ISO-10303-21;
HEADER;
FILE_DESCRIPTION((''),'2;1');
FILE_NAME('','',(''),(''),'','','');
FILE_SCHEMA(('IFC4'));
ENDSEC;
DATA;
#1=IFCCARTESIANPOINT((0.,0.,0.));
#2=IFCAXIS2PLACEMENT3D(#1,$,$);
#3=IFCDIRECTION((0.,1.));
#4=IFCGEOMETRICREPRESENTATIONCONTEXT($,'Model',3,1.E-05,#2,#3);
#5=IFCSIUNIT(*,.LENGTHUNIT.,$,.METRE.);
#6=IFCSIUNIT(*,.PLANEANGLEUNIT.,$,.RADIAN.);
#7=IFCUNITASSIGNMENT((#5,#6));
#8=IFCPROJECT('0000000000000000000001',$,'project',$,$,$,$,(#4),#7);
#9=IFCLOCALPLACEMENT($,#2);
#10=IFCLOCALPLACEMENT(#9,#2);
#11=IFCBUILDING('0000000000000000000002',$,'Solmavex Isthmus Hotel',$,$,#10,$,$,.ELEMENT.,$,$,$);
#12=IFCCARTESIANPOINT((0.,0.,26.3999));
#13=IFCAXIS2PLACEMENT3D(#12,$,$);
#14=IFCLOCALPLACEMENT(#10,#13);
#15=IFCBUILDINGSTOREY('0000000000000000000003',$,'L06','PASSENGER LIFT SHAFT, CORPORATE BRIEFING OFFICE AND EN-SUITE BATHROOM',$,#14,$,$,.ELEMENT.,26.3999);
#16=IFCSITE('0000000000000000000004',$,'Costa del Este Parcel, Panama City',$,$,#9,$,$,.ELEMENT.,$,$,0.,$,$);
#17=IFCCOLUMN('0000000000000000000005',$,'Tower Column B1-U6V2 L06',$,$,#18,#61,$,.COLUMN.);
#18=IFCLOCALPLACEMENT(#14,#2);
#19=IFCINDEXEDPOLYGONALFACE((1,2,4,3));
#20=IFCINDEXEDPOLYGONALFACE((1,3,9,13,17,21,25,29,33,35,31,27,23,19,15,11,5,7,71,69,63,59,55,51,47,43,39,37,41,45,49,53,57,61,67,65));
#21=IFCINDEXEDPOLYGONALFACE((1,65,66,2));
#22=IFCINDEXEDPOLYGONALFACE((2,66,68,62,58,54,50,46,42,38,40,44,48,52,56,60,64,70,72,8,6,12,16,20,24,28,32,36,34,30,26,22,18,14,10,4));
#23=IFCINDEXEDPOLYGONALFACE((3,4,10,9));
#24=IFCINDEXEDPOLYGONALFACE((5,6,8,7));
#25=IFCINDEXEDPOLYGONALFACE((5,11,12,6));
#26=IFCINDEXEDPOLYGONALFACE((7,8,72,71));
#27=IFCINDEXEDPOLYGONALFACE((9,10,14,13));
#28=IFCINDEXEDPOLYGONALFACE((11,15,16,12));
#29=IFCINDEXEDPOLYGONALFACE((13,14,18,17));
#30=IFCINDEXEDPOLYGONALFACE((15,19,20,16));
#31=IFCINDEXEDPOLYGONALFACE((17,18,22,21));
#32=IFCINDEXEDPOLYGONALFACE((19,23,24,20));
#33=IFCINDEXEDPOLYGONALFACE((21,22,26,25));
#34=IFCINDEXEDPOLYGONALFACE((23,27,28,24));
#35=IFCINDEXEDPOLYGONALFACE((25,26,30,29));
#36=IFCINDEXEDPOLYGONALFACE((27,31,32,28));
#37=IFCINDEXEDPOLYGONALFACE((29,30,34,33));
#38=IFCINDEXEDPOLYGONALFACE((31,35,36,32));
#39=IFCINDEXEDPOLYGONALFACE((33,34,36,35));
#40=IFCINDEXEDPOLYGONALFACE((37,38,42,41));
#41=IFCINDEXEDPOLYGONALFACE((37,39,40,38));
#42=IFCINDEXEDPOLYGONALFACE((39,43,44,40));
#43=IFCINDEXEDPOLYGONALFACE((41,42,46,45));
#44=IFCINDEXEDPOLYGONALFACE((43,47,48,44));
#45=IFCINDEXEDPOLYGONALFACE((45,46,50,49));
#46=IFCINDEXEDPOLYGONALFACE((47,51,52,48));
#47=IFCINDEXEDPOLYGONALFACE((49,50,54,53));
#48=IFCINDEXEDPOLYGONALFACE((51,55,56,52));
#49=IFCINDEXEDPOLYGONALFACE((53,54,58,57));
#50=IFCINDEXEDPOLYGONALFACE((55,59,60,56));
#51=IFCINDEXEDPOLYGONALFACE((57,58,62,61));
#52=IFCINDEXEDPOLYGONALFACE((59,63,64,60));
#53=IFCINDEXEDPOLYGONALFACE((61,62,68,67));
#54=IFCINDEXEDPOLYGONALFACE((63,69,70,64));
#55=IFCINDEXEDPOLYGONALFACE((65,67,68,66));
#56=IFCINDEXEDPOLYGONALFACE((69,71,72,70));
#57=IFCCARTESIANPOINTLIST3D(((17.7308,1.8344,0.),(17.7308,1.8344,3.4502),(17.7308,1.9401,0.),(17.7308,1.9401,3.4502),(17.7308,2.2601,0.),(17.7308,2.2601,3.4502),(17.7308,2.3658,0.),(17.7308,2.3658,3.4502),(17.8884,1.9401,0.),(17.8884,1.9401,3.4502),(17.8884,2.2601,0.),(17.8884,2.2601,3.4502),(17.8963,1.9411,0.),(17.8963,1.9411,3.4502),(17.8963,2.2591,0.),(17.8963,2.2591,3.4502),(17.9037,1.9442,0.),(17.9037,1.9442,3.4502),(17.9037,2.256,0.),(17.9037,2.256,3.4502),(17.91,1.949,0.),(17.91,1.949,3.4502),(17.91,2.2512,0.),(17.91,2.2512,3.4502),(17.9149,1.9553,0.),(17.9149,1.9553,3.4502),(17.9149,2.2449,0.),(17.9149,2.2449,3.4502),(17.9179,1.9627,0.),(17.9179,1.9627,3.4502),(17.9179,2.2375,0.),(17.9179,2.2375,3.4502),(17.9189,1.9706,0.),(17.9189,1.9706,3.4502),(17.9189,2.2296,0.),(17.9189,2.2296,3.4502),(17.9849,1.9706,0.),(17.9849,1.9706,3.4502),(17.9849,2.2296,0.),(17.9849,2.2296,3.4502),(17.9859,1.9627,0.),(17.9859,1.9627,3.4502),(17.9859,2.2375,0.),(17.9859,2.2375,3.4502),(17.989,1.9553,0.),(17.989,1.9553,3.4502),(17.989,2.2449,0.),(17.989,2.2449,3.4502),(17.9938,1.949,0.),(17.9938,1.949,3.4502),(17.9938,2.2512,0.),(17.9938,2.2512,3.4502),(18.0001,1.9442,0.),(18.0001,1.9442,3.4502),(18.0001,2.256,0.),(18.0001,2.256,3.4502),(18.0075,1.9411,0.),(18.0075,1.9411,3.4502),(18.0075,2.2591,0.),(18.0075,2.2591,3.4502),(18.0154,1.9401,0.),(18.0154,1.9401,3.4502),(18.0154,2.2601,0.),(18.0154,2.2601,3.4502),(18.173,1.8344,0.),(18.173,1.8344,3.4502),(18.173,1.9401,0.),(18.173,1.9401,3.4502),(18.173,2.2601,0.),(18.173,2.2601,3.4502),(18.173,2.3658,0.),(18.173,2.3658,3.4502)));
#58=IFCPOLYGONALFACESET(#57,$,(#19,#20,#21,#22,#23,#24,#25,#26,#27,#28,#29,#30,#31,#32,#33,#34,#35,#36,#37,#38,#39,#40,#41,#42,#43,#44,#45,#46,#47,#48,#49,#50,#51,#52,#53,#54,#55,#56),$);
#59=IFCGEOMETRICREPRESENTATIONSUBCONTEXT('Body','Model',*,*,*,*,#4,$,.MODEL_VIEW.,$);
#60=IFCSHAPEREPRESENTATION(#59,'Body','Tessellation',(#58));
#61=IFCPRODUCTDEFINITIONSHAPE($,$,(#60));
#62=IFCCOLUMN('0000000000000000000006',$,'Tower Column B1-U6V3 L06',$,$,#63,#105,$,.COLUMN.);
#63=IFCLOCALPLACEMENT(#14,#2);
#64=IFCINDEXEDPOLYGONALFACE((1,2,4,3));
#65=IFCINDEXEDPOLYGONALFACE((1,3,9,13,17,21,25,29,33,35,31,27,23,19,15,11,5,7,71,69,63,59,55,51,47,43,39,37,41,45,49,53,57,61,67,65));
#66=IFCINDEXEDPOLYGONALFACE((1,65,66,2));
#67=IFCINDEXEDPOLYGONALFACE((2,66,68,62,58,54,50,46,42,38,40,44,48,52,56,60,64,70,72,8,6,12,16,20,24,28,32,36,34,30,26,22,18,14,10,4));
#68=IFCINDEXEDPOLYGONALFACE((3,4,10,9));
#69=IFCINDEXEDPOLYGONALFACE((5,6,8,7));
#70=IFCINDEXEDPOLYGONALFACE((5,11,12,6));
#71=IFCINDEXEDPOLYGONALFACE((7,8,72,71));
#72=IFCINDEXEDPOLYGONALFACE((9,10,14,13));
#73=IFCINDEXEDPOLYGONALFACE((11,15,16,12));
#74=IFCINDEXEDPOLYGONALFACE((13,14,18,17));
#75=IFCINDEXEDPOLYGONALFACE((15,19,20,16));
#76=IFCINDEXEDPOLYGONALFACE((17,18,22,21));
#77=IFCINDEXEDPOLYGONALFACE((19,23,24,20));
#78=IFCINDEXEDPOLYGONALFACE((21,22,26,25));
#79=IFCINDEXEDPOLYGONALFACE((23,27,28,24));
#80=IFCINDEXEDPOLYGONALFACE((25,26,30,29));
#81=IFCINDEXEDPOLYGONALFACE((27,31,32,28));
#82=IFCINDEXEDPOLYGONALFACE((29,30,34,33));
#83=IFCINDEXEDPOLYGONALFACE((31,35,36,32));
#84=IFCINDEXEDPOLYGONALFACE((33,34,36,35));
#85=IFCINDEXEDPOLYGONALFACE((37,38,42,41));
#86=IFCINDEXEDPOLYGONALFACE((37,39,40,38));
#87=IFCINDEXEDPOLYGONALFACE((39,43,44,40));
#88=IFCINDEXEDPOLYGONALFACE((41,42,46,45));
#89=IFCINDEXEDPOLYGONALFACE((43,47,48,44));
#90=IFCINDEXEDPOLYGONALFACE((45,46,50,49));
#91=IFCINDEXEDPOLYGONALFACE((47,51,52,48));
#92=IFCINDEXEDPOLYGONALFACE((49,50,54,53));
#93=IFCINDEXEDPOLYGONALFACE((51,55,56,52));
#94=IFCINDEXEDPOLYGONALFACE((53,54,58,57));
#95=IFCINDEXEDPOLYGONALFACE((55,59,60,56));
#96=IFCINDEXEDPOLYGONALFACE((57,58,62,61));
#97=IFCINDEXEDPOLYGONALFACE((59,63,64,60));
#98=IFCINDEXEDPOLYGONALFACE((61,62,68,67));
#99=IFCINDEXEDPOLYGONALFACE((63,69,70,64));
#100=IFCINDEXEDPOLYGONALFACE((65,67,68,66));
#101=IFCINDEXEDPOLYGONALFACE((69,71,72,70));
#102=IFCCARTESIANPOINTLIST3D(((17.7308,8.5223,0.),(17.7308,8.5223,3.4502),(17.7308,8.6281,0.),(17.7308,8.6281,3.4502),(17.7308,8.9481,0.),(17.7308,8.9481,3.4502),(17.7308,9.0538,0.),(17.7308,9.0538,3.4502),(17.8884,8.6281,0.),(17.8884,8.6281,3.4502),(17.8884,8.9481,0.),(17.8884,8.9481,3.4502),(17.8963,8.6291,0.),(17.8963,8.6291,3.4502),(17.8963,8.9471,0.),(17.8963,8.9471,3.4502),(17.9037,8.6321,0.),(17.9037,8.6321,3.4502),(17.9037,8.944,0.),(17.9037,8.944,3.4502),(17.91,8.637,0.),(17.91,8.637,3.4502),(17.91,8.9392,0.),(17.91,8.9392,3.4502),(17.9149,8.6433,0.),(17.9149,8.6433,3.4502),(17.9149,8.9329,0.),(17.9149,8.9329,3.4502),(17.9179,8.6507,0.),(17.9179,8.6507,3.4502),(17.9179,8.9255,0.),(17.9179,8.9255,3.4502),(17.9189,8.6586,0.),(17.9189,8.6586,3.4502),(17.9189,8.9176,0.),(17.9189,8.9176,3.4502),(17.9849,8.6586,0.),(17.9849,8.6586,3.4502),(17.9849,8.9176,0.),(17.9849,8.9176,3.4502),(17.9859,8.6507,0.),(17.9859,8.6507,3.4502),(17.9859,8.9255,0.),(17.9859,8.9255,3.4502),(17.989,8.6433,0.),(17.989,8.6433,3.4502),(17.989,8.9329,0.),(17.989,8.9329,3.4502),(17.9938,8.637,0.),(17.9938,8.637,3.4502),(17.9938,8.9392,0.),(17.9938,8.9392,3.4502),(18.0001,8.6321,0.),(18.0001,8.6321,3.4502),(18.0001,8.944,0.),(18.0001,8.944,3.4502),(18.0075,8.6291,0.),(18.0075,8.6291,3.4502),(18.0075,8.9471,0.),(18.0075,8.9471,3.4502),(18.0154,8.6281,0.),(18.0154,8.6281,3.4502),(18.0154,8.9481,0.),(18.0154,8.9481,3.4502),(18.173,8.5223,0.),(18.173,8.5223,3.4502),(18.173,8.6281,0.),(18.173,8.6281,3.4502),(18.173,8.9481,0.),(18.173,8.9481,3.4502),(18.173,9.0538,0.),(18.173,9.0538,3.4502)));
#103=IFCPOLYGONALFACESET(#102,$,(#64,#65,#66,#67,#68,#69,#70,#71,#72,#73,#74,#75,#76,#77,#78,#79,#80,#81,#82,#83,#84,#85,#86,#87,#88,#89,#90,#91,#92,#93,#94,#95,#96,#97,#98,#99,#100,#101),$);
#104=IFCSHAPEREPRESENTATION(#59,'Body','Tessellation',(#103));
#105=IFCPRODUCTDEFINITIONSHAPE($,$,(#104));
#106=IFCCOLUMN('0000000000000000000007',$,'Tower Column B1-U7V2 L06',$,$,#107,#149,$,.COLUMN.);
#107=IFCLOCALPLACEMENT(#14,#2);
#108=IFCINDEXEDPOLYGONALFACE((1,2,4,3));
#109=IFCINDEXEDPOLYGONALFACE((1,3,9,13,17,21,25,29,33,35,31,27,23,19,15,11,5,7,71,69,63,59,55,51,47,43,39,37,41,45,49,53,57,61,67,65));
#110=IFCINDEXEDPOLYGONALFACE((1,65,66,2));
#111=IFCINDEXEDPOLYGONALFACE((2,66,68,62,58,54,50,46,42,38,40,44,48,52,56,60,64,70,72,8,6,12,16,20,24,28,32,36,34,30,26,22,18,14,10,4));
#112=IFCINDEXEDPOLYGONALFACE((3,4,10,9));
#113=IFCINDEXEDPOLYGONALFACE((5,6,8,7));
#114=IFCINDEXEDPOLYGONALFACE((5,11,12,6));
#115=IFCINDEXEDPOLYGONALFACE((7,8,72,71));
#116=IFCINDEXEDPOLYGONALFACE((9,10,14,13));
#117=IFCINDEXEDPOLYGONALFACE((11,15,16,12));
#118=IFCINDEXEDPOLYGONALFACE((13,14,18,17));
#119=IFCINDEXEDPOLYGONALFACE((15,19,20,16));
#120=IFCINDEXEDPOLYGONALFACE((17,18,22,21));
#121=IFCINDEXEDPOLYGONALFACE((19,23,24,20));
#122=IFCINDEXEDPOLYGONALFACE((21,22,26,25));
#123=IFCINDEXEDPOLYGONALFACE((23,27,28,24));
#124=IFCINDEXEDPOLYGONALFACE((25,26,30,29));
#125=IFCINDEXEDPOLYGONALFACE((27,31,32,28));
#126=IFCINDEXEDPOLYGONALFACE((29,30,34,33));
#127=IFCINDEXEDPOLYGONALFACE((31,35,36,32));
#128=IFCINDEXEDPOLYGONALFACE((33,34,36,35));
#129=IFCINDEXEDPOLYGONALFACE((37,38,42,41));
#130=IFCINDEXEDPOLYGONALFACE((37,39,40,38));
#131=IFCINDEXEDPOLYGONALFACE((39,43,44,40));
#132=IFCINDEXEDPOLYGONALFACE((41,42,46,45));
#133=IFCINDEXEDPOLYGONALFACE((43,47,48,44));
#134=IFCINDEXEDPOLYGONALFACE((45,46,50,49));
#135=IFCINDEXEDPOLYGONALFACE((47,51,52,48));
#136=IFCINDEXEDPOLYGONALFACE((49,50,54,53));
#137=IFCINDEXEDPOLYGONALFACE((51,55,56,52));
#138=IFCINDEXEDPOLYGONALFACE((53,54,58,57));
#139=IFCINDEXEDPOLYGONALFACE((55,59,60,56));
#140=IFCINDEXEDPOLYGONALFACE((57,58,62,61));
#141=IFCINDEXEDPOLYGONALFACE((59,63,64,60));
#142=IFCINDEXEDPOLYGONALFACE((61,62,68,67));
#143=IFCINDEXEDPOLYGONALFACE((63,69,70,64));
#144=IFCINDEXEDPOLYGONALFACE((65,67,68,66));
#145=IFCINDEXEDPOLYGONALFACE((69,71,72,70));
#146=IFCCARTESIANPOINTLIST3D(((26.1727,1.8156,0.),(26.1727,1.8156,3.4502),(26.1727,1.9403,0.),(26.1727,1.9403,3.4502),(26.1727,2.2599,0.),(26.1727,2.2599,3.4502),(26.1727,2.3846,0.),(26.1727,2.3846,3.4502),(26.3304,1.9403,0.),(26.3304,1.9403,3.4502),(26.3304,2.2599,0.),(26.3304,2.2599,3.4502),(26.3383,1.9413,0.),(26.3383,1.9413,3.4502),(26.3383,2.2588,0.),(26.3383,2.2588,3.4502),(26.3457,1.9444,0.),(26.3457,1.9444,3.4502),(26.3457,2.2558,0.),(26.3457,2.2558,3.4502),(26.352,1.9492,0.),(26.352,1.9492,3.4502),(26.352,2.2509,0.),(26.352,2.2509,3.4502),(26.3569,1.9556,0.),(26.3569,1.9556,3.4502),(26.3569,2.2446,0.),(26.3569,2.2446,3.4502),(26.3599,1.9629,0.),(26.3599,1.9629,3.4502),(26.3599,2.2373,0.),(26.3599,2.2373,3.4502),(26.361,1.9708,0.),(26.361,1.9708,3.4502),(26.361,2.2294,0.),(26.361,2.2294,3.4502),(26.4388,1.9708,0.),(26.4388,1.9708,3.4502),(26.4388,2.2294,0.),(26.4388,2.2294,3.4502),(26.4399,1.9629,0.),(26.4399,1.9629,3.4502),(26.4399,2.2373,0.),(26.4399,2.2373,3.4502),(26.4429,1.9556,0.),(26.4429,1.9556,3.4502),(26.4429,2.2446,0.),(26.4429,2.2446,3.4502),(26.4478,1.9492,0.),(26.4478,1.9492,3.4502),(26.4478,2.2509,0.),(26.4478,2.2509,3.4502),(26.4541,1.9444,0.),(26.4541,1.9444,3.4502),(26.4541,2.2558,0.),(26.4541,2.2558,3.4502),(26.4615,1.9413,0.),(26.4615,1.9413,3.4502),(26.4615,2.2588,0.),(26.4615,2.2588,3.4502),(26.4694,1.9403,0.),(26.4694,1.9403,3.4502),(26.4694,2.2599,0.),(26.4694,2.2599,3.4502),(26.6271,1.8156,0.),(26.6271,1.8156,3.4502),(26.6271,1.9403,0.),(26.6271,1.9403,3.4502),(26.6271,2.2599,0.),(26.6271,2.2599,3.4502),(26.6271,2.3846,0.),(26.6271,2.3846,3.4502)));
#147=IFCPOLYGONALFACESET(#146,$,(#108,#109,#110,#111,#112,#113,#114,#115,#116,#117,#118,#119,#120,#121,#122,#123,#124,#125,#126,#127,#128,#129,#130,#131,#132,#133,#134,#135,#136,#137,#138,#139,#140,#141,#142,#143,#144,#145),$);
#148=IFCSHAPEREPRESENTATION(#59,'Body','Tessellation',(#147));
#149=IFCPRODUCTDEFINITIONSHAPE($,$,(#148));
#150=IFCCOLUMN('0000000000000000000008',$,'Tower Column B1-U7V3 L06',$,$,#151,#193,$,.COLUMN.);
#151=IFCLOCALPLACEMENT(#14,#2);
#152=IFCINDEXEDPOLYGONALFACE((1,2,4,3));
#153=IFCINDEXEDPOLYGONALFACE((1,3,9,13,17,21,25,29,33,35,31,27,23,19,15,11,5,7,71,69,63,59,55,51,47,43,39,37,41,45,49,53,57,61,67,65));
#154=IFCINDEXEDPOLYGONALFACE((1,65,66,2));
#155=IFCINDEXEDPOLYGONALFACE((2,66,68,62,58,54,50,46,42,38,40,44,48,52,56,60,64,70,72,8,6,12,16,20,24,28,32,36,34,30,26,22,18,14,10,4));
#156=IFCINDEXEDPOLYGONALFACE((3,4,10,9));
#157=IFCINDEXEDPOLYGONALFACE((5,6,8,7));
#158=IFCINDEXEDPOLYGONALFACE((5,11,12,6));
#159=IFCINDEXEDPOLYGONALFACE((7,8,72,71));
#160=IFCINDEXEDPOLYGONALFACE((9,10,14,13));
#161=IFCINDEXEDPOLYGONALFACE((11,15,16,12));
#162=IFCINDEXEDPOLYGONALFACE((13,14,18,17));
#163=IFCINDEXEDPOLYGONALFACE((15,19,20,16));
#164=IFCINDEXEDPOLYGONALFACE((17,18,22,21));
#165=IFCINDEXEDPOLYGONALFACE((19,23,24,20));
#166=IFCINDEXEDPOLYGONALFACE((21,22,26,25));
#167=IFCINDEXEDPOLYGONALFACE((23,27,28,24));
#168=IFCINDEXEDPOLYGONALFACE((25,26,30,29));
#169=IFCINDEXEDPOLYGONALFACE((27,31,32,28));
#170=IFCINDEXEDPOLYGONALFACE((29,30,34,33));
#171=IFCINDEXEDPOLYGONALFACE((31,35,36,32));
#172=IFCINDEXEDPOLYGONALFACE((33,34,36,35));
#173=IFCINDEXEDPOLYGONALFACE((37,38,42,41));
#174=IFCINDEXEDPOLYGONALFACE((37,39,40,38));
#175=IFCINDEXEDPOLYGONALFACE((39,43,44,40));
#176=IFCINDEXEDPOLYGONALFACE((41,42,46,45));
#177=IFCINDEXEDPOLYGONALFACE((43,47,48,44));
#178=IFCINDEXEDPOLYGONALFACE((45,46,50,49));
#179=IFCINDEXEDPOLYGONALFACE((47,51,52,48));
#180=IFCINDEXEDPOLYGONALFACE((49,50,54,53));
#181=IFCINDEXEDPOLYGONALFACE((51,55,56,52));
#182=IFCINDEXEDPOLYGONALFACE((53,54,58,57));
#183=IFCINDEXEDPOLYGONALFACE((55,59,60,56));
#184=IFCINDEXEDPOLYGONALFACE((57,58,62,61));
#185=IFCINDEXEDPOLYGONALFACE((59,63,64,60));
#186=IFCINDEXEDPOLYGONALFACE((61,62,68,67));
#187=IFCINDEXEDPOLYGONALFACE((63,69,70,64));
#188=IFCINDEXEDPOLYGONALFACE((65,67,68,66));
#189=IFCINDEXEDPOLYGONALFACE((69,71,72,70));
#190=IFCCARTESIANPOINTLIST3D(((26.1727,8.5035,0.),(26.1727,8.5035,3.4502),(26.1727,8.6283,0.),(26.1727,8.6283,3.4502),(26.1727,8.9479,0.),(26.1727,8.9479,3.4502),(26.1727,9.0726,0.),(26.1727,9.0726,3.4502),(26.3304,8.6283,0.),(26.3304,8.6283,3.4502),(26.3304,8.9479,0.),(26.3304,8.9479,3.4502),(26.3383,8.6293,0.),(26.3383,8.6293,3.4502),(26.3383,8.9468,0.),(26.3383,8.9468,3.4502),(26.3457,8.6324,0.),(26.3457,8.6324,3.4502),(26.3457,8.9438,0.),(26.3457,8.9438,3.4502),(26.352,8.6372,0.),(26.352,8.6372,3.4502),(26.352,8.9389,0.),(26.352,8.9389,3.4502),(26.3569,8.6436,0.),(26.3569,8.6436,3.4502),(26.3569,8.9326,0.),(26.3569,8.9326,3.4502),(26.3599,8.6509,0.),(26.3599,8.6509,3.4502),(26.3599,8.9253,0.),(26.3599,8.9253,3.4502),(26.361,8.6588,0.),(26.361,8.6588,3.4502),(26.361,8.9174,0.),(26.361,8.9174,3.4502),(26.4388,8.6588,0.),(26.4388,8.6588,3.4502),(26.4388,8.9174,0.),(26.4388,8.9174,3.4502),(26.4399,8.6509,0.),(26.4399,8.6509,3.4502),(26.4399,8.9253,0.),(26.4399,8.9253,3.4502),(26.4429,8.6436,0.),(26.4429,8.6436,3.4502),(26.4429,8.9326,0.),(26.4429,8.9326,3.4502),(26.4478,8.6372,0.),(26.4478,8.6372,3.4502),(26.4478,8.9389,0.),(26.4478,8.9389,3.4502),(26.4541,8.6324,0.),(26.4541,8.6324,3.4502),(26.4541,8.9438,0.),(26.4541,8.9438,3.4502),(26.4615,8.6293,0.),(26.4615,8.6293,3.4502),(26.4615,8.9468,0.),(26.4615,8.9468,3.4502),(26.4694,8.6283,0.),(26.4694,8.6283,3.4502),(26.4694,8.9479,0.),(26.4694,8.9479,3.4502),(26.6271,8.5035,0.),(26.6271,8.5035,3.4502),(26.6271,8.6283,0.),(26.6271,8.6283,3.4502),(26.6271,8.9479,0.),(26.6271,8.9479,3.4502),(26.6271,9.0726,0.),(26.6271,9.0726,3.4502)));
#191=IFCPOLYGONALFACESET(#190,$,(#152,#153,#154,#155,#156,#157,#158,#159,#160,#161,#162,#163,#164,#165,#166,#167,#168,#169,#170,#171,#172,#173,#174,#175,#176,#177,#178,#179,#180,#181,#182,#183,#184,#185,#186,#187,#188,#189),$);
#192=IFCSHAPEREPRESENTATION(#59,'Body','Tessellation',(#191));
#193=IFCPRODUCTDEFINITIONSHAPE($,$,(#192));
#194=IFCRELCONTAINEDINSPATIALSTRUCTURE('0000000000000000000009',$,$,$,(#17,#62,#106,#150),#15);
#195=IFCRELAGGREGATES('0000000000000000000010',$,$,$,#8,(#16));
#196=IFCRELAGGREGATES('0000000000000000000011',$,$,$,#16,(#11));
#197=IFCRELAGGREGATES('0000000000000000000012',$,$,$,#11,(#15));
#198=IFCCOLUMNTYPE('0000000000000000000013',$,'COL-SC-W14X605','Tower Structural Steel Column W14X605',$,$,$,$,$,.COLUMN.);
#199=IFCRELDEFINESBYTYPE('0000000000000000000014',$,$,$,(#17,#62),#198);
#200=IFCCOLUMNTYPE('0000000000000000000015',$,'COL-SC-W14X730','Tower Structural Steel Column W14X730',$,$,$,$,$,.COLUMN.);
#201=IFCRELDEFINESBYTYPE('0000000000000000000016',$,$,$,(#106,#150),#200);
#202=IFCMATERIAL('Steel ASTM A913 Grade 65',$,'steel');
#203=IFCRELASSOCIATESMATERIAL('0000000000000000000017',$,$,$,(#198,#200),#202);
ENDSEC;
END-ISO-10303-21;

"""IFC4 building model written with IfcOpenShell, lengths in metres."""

from ifc_helpers import new_model, si_unit, direction, frame, origin, origin_2d, place, context, subcontext, project, spatial, i_section, extrude, material, material_profile, profile_set, type_object, element, save


model = new_model("IFC4")

# Units and contexts
model_context = context("Model", 3, precision=1e-05, world=origin(), true_north=direction((0.0, 1.0)))
body_context = subcontext(model_context, "Body", "Model", "MODEL_VIEW")
ifc_project = project(units=[si_unit("LENGTHUNIT", "METRE"), si_unit("PLANEANGLEUNIT", "RADIAN")], contexts=[model_context])

# Site, building, storey
site_placement = place(None, origin())
site = spatial("IfcSite", under=ifc_project, at=site_placement, Name="Costa del Este Parcel, Panama City", CompositionType="ELEMENT", RefElevation=0.0)
building_placement = place(site_placement, origin())
building = spatial("IfcBuilding", under=site, at=building_placement, Name="Solmavex Isthmus Hotel", CompositionType="ELEMENT")
storey_placement = place(building_placement, frame((0.0, 0.0, 26.3999)))
storey = spatial("IfcBuildingStorey", under=building, at=storey_placement, Name="L06", Description="PASSENGER LIFT SHAFT, CORPORATE BRIEFING OFFICE AND EN-SUITE BATHROOM", CompositionType="ELEMENT", Elevation=26.3999)

# Columns
ifc_material_1 = material(Name="Steel ASTM A913 Grade 65", Category="steel")
ifc_material_profile_1 = material_profile(ifc_material_1, i_section(OverallWidth=0.4421, OverallDepth=0.5315, WebThickness=0.0659, FlangeThickness=0.1057, FilletRadius=0.0305, at=origin_2d()), Name="W14X605")
ifc_profile_set_1 = profile_set([ifc_material_profile_1], Name="Steel ASTM A913 Grade 65")
column_type_1 = type_object("IfcColumnType", Name="COL-SC-W14X605", Description="Tower Structural Steel Column W14X605", PredefinedType="COLUMN", material=ifc_profile_set_1)
for number, where, z_axis, x_axis, name in (
    (1, (17.9519, 2.1001, 0.0), (0.0, 0.0, 1.0), (1.0, 0.0, 0.0), "Tower Column B1-U6V2 L06"),
    (2, (17.9519, 8.7881, 0.0), (0.0, 0.0, 1.0), (1.0, 0.0, 0.0), "Tower Column B1-U6V3 L06"),
):
    element("IfcColumn", number, at=place(storey_placement, frame(where, z_axis=z_axis, x_axis=x_axis)), inside=storey, type_object=column_type_1, Name=name, PredefinedType="COLUMN", context=body_context, shape_type="SweptSolid", body=[
        extrude(i_section(OverallWidth=0.4421, OverallDepth=0.5315, WebThickness=0.0659, FlangeThickness=0.1057, FilletRadius=0.0305, at=origin_2d()), origin(), (0.0, 0.0, 1.0), 3.4502),
    ])
ifc_material_profile_2 = material_profile(ifc_material_1, i_section(OverallWidth=0.4543, OverallDepth=0.5691, WebThickness=0.0779, FlangeThickness=0.1248, FilletRadius=0.0305, at=origin_2d()), Name="W14X730")
ifc_profile_set_2 = profile_set([ifc_material_profile_2], Name="Steel ASTM A913 Grade 65")
column_type_2 = type_object("IfcColumnType", Name="COL-SC-W14X730", Description="Tower Structural Steel Column W14X730", PredefinedType="COLUMN", material=ifc_profile_set_2)
for number, where, z_axis, x_axis, name in (
    (3, (26.3999, 2.1001, 0.0), (0.0, 0.0, 1.0), (1.0, 0.0, 0.0), "Tower Column B1-U7V2 L06"),
    (4, (26.3999, 8.7881, 0.0), (0.0, 0.0, 1.0), (1.0, 0.0, 0.0), "Tower Column B1-U7V3 L06"),
):
    element("IfcColumn", number, at=place(storey_placement, frame(where, z_axis=z_axis, x_axis=x_axis)), inside=storey, type_object=column_type_2, Name=name, PredefinedType="COLUMN", context=body_context, shape_type="SweptSolid", body=[
        extrude(i_section(OverallWidth=0.4543, OverallDepth=0.5691, WebThickness=0.0779, FlangeThickness=0.1248, FilletRadius=0.0305, at=origin_2d()), origin(), (0.0, 0.0, 1.0), 3.4502),
    ])

save(model, "model.ifc")
